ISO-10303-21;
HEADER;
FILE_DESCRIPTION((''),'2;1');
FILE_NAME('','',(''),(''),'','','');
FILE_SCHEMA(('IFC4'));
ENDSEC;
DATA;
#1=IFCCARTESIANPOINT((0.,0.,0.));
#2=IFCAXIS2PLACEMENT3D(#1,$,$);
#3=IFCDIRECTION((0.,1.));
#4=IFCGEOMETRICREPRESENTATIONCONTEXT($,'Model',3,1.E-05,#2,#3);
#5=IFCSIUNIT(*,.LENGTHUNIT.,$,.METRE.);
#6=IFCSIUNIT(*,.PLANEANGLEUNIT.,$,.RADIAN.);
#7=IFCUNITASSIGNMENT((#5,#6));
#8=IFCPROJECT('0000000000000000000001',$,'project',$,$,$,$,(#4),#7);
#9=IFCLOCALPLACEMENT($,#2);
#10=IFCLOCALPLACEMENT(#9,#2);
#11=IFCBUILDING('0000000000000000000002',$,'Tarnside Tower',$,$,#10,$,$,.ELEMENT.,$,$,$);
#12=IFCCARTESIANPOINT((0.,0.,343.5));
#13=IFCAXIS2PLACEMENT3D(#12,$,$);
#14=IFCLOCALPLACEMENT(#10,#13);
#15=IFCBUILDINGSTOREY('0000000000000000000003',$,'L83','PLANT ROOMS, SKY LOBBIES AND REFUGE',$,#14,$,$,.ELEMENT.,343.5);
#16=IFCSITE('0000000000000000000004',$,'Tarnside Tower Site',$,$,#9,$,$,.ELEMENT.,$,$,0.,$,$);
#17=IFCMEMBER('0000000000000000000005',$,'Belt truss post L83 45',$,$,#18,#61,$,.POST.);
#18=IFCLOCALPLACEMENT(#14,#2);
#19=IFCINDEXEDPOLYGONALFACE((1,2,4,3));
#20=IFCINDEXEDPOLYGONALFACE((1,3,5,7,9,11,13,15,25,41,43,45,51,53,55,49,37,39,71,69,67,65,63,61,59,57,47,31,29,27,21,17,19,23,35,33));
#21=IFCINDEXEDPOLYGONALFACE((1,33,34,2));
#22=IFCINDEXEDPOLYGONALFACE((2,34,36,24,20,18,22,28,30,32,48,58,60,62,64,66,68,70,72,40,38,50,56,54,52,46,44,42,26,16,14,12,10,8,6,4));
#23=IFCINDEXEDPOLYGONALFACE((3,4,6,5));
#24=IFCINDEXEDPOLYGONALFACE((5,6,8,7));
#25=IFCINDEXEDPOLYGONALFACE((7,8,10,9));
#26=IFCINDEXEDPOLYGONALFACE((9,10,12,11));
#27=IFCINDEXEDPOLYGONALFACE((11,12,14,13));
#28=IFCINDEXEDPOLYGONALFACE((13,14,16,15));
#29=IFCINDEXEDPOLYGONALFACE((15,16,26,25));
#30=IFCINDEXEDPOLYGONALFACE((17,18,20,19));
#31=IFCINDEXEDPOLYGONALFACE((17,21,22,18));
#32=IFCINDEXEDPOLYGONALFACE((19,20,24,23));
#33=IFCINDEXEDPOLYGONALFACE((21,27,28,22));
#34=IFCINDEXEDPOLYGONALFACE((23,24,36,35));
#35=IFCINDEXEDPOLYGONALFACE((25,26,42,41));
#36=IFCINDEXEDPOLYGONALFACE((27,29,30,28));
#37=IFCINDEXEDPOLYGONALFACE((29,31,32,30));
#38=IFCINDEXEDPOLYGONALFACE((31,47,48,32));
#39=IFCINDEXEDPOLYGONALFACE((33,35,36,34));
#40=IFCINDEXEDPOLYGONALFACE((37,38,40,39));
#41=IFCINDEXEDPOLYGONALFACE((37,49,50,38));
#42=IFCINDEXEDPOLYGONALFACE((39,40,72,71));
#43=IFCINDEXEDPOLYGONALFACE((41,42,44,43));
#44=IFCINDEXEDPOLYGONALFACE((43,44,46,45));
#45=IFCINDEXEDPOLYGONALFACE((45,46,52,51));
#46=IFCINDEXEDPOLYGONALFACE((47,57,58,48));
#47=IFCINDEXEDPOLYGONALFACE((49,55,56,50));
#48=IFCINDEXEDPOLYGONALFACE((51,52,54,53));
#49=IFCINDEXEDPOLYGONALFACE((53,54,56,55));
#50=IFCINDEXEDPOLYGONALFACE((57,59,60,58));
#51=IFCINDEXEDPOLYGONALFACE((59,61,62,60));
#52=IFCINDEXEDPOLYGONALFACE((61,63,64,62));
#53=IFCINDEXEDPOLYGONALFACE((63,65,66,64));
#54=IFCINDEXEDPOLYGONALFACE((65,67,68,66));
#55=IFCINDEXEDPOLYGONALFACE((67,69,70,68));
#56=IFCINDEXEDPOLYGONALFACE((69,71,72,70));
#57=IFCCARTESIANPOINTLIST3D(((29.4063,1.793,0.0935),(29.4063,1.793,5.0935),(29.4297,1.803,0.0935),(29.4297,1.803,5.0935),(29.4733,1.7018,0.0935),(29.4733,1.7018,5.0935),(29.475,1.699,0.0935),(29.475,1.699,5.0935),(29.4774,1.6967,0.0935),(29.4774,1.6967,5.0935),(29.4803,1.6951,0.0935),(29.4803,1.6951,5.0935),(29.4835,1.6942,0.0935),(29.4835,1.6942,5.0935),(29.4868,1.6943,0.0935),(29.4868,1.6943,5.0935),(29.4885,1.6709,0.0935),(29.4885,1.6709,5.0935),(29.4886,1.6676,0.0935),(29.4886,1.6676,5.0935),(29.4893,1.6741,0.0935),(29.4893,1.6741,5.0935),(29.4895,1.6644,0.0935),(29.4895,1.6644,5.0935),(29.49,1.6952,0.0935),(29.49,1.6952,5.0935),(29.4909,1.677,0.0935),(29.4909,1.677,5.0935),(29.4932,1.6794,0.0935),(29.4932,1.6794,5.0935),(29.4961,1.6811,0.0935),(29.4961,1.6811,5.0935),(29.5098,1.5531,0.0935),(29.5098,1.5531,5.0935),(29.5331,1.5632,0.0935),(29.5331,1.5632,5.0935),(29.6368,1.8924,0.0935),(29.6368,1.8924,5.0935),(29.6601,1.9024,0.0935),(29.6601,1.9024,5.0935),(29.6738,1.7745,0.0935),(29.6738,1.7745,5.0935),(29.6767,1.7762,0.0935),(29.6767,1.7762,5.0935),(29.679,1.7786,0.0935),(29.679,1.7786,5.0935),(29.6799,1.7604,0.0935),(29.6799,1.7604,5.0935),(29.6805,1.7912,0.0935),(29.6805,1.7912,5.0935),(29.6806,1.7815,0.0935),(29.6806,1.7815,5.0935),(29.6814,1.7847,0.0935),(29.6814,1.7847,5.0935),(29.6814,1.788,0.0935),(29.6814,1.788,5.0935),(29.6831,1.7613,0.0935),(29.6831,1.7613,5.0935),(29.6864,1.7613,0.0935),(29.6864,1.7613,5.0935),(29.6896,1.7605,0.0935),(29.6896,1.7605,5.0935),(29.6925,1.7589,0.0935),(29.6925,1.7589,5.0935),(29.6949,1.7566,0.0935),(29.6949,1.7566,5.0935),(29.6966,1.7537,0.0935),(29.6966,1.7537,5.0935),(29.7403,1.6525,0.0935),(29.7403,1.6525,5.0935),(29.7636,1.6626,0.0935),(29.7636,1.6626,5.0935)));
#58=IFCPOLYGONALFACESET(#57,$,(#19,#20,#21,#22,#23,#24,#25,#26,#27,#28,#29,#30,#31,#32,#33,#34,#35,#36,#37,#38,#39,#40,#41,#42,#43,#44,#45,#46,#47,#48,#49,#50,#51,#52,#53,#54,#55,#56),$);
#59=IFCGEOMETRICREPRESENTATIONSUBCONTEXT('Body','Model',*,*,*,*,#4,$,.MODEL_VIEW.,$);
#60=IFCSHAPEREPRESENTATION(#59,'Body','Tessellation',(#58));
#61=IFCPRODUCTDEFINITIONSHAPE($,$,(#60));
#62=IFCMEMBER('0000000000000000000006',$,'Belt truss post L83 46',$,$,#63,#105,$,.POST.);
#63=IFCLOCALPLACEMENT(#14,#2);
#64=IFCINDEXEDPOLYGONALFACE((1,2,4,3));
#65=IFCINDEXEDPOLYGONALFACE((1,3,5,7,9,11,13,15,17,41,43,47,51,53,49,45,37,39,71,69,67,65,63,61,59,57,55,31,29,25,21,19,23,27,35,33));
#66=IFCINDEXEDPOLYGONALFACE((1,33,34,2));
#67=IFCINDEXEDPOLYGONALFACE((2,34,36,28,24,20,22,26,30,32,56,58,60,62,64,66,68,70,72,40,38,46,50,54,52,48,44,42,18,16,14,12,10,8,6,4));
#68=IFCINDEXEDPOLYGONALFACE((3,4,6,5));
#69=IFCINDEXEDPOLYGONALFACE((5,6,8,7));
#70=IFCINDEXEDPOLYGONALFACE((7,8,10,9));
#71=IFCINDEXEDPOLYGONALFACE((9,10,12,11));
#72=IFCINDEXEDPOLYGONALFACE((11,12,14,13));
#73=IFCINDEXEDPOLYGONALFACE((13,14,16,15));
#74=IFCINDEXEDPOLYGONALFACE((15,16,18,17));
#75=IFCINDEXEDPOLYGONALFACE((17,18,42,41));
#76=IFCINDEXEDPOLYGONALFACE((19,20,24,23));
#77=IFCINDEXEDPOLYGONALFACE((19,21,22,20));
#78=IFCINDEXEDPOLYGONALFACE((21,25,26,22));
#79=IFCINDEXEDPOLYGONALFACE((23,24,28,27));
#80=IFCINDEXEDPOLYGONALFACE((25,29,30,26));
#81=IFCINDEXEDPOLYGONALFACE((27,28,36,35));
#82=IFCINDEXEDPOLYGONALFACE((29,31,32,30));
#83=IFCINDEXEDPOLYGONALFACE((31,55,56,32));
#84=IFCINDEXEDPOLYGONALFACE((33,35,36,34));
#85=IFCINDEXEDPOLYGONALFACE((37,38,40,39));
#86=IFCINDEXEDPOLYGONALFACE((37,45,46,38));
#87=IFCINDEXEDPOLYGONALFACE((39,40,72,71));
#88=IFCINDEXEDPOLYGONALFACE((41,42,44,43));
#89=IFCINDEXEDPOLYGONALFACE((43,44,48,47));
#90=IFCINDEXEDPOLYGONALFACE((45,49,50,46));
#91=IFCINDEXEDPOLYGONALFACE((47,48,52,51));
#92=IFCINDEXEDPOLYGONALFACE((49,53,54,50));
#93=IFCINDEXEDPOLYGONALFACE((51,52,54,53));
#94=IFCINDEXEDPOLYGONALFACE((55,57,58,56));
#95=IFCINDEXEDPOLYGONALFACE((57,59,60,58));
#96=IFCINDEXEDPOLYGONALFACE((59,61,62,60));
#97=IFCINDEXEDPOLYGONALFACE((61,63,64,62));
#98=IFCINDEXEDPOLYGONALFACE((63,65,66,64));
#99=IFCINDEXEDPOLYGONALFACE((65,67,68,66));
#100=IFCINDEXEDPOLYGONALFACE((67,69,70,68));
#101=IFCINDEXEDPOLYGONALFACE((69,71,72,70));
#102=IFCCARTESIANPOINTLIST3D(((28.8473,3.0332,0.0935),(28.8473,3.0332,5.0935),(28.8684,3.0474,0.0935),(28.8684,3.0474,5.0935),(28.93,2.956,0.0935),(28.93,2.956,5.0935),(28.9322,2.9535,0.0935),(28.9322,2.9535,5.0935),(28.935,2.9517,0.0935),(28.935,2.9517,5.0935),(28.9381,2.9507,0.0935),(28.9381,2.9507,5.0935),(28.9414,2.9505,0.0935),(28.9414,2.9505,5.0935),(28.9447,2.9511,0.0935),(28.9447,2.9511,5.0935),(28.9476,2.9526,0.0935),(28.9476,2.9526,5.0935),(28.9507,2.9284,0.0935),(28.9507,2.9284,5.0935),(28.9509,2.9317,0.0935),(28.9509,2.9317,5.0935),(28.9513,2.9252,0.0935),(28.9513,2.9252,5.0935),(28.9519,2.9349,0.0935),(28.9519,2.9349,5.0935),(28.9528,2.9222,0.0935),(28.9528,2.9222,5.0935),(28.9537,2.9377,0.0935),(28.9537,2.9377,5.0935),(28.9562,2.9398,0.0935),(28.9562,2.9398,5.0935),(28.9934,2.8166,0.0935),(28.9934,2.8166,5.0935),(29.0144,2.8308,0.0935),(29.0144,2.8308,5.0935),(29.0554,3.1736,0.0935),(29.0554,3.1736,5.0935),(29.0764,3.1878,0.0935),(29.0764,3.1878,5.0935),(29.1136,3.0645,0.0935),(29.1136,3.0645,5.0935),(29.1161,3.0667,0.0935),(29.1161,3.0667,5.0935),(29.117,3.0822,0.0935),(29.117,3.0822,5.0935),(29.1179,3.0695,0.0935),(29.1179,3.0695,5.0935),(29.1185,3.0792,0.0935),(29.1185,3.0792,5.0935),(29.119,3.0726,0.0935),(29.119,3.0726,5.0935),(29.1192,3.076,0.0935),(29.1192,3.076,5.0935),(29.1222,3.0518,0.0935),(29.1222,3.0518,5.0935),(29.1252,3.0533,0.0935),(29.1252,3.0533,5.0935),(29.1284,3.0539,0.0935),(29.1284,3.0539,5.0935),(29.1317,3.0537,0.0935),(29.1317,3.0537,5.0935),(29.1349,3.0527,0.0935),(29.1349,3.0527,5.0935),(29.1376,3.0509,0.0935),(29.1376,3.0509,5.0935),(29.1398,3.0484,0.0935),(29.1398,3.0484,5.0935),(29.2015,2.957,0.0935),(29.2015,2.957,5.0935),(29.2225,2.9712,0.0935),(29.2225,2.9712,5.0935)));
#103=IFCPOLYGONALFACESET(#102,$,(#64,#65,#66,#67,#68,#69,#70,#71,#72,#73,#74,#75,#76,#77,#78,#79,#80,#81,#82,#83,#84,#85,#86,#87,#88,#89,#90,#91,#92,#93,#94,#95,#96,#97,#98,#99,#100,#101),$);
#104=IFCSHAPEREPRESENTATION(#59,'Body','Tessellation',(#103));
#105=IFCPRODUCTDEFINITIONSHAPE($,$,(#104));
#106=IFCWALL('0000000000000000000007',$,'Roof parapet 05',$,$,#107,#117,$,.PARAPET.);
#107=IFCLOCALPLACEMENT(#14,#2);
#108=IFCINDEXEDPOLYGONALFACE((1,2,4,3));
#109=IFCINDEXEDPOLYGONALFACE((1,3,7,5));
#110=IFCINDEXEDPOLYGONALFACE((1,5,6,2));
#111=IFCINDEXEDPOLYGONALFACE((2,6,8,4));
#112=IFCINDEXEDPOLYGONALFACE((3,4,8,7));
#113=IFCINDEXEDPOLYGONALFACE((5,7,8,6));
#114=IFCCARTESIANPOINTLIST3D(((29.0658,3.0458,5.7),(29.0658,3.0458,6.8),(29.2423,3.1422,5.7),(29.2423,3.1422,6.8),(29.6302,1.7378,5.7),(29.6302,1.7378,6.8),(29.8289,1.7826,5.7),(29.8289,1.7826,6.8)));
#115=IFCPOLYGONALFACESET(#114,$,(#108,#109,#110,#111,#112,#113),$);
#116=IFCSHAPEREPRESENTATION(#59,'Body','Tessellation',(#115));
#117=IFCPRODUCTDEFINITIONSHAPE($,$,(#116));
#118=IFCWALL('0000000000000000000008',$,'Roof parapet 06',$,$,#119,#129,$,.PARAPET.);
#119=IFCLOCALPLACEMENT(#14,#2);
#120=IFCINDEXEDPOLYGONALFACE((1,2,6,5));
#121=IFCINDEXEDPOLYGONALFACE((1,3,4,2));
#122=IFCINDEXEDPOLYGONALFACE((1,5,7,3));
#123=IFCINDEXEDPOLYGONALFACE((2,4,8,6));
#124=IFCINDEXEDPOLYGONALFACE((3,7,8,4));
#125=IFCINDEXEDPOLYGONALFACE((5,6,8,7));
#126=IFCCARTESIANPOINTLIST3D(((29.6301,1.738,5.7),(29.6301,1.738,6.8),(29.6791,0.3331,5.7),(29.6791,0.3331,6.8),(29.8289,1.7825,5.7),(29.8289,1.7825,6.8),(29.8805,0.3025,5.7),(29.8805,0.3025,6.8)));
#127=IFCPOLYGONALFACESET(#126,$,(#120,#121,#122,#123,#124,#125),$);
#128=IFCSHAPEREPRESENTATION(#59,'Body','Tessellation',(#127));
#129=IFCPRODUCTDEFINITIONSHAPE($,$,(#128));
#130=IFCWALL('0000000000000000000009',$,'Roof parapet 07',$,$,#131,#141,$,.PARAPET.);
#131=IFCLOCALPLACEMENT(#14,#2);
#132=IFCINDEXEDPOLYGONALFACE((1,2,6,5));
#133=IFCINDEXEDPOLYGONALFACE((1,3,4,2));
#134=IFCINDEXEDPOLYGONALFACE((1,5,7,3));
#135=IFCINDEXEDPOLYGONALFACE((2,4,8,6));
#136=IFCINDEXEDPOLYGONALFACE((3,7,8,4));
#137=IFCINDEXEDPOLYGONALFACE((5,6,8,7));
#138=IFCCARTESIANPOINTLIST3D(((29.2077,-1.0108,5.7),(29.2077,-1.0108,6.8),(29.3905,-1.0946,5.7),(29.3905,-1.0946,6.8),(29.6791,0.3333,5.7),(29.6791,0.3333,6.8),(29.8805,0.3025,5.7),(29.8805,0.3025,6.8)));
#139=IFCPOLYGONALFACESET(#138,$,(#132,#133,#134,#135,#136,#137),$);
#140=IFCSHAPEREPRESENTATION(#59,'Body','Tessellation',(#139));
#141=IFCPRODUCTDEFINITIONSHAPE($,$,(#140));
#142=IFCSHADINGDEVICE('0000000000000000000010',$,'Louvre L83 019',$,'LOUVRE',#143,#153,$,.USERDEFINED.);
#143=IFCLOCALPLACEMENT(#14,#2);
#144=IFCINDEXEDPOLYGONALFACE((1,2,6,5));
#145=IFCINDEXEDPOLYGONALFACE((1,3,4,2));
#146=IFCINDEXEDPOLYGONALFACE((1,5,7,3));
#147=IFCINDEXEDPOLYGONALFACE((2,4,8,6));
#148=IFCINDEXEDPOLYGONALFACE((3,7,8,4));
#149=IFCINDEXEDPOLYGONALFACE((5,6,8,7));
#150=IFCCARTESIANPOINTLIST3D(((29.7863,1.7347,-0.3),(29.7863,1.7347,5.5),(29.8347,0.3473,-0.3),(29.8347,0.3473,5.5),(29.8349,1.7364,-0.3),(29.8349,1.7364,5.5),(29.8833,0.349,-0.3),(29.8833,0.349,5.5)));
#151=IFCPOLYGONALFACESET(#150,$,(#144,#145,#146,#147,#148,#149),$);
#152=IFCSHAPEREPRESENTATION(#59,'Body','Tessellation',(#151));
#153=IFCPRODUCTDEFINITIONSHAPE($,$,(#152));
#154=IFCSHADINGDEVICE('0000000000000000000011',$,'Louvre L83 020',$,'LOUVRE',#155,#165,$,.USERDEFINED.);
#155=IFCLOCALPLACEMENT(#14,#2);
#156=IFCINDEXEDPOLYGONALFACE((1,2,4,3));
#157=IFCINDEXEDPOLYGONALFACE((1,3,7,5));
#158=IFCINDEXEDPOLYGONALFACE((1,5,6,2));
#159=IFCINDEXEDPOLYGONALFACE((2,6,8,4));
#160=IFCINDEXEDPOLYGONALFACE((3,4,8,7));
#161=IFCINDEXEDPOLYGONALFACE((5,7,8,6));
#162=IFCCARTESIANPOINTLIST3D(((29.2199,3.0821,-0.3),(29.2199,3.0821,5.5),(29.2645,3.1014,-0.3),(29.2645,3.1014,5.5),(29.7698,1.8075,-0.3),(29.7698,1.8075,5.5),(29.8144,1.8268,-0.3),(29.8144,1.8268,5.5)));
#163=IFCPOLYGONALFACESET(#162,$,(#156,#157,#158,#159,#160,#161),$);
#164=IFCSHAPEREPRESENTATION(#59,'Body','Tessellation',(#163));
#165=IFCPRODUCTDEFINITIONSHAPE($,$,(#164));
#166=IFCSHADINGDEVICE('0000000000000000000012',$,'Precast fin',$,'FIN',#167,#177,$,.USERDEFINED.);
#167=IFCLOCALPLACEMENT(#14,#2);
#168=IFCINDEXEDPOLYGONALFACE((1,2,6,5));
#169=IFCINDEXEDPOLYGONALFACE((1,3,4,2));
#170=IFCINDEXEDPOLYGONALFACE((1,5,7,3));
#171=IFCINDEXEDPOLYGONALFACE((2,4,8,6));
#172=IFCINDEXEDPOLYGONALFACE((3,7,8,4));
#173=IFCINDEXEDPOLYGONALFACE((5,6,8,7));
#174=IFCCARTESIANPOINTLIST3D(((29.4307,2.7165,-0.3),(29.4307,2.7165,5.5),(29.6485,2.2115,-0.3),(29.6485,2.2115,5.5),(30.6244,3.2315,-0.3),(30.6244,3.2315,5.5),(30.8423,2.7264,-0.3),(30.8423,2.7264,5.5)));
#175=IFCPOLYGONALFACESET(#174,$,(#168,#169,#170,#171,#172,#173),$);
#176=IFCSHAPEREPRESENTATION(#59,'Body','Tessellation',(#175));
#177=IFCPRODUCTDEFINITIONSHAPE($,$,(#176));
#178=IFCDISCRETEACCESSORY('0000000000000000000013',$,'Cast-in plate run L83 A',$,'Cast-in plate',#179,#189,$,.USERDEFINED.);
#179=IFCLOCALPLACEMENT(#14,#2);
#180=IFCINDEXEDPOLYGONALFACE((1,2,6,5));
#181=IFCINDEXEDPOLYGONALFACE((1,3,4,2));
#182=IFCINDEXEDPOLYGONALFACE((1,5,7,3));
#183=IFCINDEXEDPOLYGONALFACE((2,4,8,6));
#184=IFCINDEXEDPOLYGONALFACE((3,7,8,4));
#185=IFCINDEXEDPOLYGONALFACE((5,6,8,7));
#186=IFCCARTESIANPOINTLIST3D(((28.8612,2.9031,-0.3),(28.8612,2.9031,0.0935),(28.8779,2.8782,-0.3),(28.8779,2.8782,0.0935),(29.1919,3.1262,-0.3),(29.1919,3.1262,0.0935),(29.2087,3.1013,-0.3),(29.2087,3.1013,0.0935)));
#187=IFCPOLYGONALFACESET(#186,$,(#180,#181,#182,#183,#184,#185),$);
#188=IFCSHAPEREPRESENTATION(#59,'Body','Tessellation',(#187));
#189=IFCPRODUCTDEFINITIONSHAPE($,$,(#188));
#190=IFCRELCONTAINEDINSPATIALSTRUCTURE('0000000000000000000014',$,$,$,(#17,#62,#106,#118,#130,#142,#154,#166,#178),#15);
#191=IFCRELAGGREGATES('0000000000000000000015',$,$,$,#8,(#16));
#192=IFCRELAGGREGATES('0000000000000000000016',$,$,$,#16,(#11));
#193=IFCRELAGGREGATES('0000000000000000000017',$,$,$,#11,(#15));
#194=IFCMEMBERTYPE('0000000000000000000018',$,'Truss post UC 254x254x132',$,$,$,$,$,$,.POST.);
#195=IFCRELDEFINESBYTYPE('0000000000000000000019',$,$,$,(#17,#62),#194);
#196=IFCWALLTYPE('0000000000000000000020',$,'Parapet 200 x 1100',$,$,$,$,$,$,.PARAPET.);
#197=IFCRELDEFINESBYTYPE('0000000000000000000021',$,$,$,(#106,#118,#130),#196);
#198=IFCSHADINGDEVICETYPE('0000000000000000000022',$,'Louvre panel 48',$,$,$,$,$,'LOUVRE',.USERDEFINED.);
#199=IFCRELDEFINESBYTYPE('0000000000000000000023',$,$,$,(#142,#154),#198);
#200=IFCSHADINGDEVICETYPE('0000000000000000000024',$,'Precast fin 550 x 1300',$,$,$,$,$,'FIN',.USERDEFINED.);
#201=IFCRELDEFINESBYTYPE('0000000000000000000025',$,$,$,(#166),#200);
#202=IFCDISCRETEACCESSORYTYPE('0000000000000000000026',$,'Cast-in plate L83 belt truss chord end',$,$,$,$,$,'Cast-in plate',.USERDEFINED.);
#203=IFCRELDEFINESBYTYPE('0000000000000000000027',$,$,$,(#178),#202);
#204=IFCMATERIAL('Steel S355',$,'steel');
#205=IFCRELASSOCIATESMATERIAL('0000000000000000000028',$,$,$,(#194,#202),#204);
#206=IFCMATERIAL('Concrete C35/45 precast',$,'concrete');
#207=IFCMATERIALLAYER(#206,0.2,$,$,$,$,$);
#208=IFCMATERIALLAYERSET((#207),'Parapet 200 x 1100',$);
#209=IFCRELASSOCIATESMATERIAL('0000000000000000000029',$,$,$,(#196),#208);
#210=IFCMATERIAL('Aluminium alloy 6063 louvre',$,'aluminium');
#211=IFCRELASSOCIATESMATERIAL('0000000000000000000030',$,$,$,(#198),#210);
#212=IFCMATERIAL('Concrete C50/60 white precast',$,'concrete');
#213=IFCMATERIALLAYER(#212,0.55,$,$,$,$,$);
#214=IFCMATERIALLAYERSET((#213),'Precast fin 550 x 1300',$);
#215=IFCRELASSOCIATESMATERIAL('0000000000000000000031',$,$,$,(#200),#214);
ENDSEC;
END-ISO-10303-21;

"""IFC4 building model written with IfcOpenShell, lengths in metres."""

from ifc_helpers import new_model, si_unit, direction, frame, origin, origin_2d, place, context, subcontext, project, spatial, polyline, rectangle, i_section, outline, extrude, material, layer, layer_set, material_profile, profile_set, type_object, element, save


model = new_model("IFC4")

# Units and contexts
model_context = context("Model", 3, precision=1e-05, world=origin(), true_north=direction((0.0, 1.0)))
body_context = subcontext(model_context, "Body", "Model", "MODEL_VIEW")
ifc_project = project(units=[si_unit("LENGTHUNIT", "METRE"), si_unit("PLANEANGLEUNIT", "RADIAN")], contexts=[model_context])

# Site, building, storey
site_placement = place(None, origin())
site = spatial("IfcSite", under=ifc_project, at=site_placement, Name="Tarnside Tower Site", CompositionType="ELEMENT", RefElevation=0.0)
building_placement = place(site_placement, origin())
building = spatial("IfcBuilding", under=site, at=building_placement, Name="Tarnside Tower", CompositionType="ELEMENT")
storey_placement = place(building_placement, frame((0.0, 0.0, 343.5)))
storey = spatial("IfcBuildingStorey", under=building, at=storey_placement, Name="L83", Description="PLANT ROOMS, SKY LOBBIES AND REFUGE", CompositionType="ELEMENT", Elevation=343.5)

# Shared definitions
ifc_material_1 = material(Name="Steel S355", Category="steel")

# Members
ifc_material_profile_1 = material_profile(ifc_material_1, i_section(OverallWidth=0.2612, OverallDepth=0.2764, WebThickness=0.0154, FlangeThickness=0.0254, FilletRadius=0.0127, at=origin_2d()), Name="UC 254x254x132")
ifc_profile_set_1 = profile_set([ifc_material_profile_1], Name="Steel S355")
member_type_1 = type_object("IfcMemberType", Name="Truss post UC 254x254x132", PredefinedType="POST", material=ifc_profile_set_1)
for number, where, z_axis, x_axis, name in (
    (1, (29.585, 1.7278, 0.0935), (0.0, 0.0, 1.0), (-0.39608, 0.918216, 0.0), "Belt truss post L83 45"),
    (2, (29.0349, 3.0022, 0.0935), (0.0, 0.0, 1.0), (-0.559193, 0.829038, 0.0), "Belt truss post L83 46"),
):
    element("IfcMember", number, at=place(storey_placement, frame(where, z_axis=z_axis, x_axis=x_axis)), inside=storey, type_object=member_type_1, Name=name, PredefinedType="POST", context=body_context, shape_type="SweptSolid", body=[
        extrude(i_section(OverallWidth=0.2612, OverallDepth=0.2764, WebThickness=0.0154, FlangeThickness=0.0254, FilletRadius=0.0127, at=origin_2d()), origin(), (0.0, 0.0, 1.0), 5.0),
    ])

# Walls
ifc_material_2 = material(Name="Concrete C35/45 precast", Category="concrete")
ifc_layer_1 = layer(ifc_material_2, 0.2)
ifc_layer_set_1 = layer_set([ifc_layer_1], Name="Parapet 200 x 1100")
wall_type = type_object("IfcWallType", Name="Parapet 200 x 1100", PredefinedType="PARAPET", material=ifc_layer_set_1)
wall_1_placement = place(storey_placement, frame((29.1541, 3.094, 5.7), z_axis=(0.0, 0.0, 1.0), x_axis=(0.396149, -0.918186, 0.0)))
element("IfcWall", 3, at=wall_1_placement, inside=storey, type_object=wall_type, Name="Roof parapet 05", PredefinedType="PARAPET", context=body_context, shape_type="SweptSolid", body=[
    extrude(outline(polyline([(0.0093, -0.1001), (1.4338, -0.1001), (1.4714, 0.1001), (-0.0093, 0.1001), (0.0093, -0.1001)])), origin(), (0.0, 0.0, 1.0), 1.1001),
])
wall_2_placement = place(storey_placement, frame((29.7295, 1.7603, 5.7), z_axis=(0.0, 0.0, 1.0), x_axis=(0.034847, -0.999393, 0.0)))
element("IfcWall", 4, at=wall_2_placement, inside=storey, type_object=wall_type, Name="Roof parapet 06", PredefinedType="PARAPET", context=body_context, shape_type="SweptSolid", body=[
    extrude(outline(polyline([(0.0188, -0.1001), (1.4246, -0.1001), (1.4622, 0.1001), (-0.0188, 0.1001), (0.0188, -0.1001)])), origin(), (0.0, 0.0, 1.0), 1.1001),
])
wall_3_placement = place(storey_placement, frame((29.7798, 0.3179, 5.7), z_axis=(0.0, 0.0, 1.0), x_axis=(-0.330964, -0.943643, 0.0)))
element("IfcWall", 5, at=wall_3_placement, inside=storey, type_object=wall_type, Name="Roof parapet 07", PredefinedType="PARAPET", context=body_context, shape_type="SweptSolid", body=[
    extrude(outline(polyline([(0.0188, -0.1001), (1.4431, -0.1001), (1.4617, 0.1001), (-0.0188, 0.1001), (0.0188, -0.1001)])), origin(), (0.0, 0.0, 1.0), 1.1001),
])

# Shading devices
ifc_material_3 = material(Name="Aluminium alloy 6063 louvre", Category="aluminium")
shading_device_type_1 = type_object("IfcShadingDeviceType", Name="Louvre panel 48", ElementType="LOUVRE", PredefinedType="USERDEFINED", material=ifc_material_3)
for number, where, z_axis, x_axis, name in (
    (6, (29.8105, 1.041, -0.3), (0.034864, -0.999392, 0.0), (0.999392, 0.034864, 0.0), "Louvre L83 019"),
    (7, (29.4949, 2.4448, -0.3), (0.396135, -0.918192, 0.0), (0.918192, 0.396135, 0.0), "Louvre L83 020"),
):
    element("IfcShadingDevice", number, at=place(storey_placement, frame(where, z_axis=z_axis, x_axis=x_axis)), inside=storey, type_object=shading_device_type_1, Name=name, ObjectType="LOUVRE", PredefinedType="USERDEFINED", context=body_context, shape_type="SweptSolid", body=[
        extrude(outline(polyline([(0.0, 0.0), (0.0486, 0.0), (0.0486, 5.8), (0.0, 5.8), (0.0, 0.0)])), frame((0.0, 0.0, -0.6941)), (0.0, 0.0, 1.0), 1.3882),
    ])
ifc_material_4 = material(Name="Concrete C50/60 white precast", Category="concrete")
ifc_layer_2 = layer(ifc_material_4, 0.55)
ifc_layer_set_2 = layer_set([ifc_layer_2], Name="Precast fin 550 x 1300")
shading_device_type_2 = type_object("IfcShadingDeviceType", Name="Precast fin 550 x 1300", ElementType="FIN", PredefinedType="USERDEFINED", material=ifc_layer_set_2)
shading_device_placement = place(storey_placement, frame((29.5396, 2.4641, -0.3), z_axis=(0.39608, -0.918216, 0.0), x_axis=(0.918216, 0.39608, 0.0)))
element("IfcShadingDevice", 8, at=shading_device_placement, inside=storey, type_object=shading_device_type_2, Name="Precast fin", ObjectType="FIN", PredefinedType="USERDEFINED", context=body_context, shape_type="SweptSolid", body=[
    extrude(outline(polyline([(0.0, 0.0), (1.3, 0.0), (1.3, 5.8), (0.0, 5.8), (0.0, 0.0)])), frame((0.0, 0.0, -0.2749)), (0.0, 0.0, 1.0), 0.55),
])

# Discrete accessory
discrete_accessory_type = type_object("IfcDiscreteAccessoryType", Name="Cast-in plate L83 belt truss chord end", ElementType="Cast-in plate", PredefinedType="USERDEFINED", material=ifc_material_1)
discrete_accessory_placement = place(storey_placement, frame((29.0349, 3.0022, -0.3), z_axis=(0.0, 0.0, 1.0), x_axis=(-0.559193, 0.829038, 0.0)))
element("IfcDiscreteAccessory", 9, at=discrete_accessory_placement, inside=storey, type_object=discrete_accessory_type, Name="Cast-in plate run L83 A", ObjectType="Cast-in plate", PredefinedType="USERDEFINED", context=body_context, shape_type="SweptSolid", body=[
    extrude(rectangle(XDim=0.03, YDim=0.3989, at=origin_2d()), origin(), (0.0, 0.0, 1.0), 0.3936),
])

save(model, "model.ifc")
